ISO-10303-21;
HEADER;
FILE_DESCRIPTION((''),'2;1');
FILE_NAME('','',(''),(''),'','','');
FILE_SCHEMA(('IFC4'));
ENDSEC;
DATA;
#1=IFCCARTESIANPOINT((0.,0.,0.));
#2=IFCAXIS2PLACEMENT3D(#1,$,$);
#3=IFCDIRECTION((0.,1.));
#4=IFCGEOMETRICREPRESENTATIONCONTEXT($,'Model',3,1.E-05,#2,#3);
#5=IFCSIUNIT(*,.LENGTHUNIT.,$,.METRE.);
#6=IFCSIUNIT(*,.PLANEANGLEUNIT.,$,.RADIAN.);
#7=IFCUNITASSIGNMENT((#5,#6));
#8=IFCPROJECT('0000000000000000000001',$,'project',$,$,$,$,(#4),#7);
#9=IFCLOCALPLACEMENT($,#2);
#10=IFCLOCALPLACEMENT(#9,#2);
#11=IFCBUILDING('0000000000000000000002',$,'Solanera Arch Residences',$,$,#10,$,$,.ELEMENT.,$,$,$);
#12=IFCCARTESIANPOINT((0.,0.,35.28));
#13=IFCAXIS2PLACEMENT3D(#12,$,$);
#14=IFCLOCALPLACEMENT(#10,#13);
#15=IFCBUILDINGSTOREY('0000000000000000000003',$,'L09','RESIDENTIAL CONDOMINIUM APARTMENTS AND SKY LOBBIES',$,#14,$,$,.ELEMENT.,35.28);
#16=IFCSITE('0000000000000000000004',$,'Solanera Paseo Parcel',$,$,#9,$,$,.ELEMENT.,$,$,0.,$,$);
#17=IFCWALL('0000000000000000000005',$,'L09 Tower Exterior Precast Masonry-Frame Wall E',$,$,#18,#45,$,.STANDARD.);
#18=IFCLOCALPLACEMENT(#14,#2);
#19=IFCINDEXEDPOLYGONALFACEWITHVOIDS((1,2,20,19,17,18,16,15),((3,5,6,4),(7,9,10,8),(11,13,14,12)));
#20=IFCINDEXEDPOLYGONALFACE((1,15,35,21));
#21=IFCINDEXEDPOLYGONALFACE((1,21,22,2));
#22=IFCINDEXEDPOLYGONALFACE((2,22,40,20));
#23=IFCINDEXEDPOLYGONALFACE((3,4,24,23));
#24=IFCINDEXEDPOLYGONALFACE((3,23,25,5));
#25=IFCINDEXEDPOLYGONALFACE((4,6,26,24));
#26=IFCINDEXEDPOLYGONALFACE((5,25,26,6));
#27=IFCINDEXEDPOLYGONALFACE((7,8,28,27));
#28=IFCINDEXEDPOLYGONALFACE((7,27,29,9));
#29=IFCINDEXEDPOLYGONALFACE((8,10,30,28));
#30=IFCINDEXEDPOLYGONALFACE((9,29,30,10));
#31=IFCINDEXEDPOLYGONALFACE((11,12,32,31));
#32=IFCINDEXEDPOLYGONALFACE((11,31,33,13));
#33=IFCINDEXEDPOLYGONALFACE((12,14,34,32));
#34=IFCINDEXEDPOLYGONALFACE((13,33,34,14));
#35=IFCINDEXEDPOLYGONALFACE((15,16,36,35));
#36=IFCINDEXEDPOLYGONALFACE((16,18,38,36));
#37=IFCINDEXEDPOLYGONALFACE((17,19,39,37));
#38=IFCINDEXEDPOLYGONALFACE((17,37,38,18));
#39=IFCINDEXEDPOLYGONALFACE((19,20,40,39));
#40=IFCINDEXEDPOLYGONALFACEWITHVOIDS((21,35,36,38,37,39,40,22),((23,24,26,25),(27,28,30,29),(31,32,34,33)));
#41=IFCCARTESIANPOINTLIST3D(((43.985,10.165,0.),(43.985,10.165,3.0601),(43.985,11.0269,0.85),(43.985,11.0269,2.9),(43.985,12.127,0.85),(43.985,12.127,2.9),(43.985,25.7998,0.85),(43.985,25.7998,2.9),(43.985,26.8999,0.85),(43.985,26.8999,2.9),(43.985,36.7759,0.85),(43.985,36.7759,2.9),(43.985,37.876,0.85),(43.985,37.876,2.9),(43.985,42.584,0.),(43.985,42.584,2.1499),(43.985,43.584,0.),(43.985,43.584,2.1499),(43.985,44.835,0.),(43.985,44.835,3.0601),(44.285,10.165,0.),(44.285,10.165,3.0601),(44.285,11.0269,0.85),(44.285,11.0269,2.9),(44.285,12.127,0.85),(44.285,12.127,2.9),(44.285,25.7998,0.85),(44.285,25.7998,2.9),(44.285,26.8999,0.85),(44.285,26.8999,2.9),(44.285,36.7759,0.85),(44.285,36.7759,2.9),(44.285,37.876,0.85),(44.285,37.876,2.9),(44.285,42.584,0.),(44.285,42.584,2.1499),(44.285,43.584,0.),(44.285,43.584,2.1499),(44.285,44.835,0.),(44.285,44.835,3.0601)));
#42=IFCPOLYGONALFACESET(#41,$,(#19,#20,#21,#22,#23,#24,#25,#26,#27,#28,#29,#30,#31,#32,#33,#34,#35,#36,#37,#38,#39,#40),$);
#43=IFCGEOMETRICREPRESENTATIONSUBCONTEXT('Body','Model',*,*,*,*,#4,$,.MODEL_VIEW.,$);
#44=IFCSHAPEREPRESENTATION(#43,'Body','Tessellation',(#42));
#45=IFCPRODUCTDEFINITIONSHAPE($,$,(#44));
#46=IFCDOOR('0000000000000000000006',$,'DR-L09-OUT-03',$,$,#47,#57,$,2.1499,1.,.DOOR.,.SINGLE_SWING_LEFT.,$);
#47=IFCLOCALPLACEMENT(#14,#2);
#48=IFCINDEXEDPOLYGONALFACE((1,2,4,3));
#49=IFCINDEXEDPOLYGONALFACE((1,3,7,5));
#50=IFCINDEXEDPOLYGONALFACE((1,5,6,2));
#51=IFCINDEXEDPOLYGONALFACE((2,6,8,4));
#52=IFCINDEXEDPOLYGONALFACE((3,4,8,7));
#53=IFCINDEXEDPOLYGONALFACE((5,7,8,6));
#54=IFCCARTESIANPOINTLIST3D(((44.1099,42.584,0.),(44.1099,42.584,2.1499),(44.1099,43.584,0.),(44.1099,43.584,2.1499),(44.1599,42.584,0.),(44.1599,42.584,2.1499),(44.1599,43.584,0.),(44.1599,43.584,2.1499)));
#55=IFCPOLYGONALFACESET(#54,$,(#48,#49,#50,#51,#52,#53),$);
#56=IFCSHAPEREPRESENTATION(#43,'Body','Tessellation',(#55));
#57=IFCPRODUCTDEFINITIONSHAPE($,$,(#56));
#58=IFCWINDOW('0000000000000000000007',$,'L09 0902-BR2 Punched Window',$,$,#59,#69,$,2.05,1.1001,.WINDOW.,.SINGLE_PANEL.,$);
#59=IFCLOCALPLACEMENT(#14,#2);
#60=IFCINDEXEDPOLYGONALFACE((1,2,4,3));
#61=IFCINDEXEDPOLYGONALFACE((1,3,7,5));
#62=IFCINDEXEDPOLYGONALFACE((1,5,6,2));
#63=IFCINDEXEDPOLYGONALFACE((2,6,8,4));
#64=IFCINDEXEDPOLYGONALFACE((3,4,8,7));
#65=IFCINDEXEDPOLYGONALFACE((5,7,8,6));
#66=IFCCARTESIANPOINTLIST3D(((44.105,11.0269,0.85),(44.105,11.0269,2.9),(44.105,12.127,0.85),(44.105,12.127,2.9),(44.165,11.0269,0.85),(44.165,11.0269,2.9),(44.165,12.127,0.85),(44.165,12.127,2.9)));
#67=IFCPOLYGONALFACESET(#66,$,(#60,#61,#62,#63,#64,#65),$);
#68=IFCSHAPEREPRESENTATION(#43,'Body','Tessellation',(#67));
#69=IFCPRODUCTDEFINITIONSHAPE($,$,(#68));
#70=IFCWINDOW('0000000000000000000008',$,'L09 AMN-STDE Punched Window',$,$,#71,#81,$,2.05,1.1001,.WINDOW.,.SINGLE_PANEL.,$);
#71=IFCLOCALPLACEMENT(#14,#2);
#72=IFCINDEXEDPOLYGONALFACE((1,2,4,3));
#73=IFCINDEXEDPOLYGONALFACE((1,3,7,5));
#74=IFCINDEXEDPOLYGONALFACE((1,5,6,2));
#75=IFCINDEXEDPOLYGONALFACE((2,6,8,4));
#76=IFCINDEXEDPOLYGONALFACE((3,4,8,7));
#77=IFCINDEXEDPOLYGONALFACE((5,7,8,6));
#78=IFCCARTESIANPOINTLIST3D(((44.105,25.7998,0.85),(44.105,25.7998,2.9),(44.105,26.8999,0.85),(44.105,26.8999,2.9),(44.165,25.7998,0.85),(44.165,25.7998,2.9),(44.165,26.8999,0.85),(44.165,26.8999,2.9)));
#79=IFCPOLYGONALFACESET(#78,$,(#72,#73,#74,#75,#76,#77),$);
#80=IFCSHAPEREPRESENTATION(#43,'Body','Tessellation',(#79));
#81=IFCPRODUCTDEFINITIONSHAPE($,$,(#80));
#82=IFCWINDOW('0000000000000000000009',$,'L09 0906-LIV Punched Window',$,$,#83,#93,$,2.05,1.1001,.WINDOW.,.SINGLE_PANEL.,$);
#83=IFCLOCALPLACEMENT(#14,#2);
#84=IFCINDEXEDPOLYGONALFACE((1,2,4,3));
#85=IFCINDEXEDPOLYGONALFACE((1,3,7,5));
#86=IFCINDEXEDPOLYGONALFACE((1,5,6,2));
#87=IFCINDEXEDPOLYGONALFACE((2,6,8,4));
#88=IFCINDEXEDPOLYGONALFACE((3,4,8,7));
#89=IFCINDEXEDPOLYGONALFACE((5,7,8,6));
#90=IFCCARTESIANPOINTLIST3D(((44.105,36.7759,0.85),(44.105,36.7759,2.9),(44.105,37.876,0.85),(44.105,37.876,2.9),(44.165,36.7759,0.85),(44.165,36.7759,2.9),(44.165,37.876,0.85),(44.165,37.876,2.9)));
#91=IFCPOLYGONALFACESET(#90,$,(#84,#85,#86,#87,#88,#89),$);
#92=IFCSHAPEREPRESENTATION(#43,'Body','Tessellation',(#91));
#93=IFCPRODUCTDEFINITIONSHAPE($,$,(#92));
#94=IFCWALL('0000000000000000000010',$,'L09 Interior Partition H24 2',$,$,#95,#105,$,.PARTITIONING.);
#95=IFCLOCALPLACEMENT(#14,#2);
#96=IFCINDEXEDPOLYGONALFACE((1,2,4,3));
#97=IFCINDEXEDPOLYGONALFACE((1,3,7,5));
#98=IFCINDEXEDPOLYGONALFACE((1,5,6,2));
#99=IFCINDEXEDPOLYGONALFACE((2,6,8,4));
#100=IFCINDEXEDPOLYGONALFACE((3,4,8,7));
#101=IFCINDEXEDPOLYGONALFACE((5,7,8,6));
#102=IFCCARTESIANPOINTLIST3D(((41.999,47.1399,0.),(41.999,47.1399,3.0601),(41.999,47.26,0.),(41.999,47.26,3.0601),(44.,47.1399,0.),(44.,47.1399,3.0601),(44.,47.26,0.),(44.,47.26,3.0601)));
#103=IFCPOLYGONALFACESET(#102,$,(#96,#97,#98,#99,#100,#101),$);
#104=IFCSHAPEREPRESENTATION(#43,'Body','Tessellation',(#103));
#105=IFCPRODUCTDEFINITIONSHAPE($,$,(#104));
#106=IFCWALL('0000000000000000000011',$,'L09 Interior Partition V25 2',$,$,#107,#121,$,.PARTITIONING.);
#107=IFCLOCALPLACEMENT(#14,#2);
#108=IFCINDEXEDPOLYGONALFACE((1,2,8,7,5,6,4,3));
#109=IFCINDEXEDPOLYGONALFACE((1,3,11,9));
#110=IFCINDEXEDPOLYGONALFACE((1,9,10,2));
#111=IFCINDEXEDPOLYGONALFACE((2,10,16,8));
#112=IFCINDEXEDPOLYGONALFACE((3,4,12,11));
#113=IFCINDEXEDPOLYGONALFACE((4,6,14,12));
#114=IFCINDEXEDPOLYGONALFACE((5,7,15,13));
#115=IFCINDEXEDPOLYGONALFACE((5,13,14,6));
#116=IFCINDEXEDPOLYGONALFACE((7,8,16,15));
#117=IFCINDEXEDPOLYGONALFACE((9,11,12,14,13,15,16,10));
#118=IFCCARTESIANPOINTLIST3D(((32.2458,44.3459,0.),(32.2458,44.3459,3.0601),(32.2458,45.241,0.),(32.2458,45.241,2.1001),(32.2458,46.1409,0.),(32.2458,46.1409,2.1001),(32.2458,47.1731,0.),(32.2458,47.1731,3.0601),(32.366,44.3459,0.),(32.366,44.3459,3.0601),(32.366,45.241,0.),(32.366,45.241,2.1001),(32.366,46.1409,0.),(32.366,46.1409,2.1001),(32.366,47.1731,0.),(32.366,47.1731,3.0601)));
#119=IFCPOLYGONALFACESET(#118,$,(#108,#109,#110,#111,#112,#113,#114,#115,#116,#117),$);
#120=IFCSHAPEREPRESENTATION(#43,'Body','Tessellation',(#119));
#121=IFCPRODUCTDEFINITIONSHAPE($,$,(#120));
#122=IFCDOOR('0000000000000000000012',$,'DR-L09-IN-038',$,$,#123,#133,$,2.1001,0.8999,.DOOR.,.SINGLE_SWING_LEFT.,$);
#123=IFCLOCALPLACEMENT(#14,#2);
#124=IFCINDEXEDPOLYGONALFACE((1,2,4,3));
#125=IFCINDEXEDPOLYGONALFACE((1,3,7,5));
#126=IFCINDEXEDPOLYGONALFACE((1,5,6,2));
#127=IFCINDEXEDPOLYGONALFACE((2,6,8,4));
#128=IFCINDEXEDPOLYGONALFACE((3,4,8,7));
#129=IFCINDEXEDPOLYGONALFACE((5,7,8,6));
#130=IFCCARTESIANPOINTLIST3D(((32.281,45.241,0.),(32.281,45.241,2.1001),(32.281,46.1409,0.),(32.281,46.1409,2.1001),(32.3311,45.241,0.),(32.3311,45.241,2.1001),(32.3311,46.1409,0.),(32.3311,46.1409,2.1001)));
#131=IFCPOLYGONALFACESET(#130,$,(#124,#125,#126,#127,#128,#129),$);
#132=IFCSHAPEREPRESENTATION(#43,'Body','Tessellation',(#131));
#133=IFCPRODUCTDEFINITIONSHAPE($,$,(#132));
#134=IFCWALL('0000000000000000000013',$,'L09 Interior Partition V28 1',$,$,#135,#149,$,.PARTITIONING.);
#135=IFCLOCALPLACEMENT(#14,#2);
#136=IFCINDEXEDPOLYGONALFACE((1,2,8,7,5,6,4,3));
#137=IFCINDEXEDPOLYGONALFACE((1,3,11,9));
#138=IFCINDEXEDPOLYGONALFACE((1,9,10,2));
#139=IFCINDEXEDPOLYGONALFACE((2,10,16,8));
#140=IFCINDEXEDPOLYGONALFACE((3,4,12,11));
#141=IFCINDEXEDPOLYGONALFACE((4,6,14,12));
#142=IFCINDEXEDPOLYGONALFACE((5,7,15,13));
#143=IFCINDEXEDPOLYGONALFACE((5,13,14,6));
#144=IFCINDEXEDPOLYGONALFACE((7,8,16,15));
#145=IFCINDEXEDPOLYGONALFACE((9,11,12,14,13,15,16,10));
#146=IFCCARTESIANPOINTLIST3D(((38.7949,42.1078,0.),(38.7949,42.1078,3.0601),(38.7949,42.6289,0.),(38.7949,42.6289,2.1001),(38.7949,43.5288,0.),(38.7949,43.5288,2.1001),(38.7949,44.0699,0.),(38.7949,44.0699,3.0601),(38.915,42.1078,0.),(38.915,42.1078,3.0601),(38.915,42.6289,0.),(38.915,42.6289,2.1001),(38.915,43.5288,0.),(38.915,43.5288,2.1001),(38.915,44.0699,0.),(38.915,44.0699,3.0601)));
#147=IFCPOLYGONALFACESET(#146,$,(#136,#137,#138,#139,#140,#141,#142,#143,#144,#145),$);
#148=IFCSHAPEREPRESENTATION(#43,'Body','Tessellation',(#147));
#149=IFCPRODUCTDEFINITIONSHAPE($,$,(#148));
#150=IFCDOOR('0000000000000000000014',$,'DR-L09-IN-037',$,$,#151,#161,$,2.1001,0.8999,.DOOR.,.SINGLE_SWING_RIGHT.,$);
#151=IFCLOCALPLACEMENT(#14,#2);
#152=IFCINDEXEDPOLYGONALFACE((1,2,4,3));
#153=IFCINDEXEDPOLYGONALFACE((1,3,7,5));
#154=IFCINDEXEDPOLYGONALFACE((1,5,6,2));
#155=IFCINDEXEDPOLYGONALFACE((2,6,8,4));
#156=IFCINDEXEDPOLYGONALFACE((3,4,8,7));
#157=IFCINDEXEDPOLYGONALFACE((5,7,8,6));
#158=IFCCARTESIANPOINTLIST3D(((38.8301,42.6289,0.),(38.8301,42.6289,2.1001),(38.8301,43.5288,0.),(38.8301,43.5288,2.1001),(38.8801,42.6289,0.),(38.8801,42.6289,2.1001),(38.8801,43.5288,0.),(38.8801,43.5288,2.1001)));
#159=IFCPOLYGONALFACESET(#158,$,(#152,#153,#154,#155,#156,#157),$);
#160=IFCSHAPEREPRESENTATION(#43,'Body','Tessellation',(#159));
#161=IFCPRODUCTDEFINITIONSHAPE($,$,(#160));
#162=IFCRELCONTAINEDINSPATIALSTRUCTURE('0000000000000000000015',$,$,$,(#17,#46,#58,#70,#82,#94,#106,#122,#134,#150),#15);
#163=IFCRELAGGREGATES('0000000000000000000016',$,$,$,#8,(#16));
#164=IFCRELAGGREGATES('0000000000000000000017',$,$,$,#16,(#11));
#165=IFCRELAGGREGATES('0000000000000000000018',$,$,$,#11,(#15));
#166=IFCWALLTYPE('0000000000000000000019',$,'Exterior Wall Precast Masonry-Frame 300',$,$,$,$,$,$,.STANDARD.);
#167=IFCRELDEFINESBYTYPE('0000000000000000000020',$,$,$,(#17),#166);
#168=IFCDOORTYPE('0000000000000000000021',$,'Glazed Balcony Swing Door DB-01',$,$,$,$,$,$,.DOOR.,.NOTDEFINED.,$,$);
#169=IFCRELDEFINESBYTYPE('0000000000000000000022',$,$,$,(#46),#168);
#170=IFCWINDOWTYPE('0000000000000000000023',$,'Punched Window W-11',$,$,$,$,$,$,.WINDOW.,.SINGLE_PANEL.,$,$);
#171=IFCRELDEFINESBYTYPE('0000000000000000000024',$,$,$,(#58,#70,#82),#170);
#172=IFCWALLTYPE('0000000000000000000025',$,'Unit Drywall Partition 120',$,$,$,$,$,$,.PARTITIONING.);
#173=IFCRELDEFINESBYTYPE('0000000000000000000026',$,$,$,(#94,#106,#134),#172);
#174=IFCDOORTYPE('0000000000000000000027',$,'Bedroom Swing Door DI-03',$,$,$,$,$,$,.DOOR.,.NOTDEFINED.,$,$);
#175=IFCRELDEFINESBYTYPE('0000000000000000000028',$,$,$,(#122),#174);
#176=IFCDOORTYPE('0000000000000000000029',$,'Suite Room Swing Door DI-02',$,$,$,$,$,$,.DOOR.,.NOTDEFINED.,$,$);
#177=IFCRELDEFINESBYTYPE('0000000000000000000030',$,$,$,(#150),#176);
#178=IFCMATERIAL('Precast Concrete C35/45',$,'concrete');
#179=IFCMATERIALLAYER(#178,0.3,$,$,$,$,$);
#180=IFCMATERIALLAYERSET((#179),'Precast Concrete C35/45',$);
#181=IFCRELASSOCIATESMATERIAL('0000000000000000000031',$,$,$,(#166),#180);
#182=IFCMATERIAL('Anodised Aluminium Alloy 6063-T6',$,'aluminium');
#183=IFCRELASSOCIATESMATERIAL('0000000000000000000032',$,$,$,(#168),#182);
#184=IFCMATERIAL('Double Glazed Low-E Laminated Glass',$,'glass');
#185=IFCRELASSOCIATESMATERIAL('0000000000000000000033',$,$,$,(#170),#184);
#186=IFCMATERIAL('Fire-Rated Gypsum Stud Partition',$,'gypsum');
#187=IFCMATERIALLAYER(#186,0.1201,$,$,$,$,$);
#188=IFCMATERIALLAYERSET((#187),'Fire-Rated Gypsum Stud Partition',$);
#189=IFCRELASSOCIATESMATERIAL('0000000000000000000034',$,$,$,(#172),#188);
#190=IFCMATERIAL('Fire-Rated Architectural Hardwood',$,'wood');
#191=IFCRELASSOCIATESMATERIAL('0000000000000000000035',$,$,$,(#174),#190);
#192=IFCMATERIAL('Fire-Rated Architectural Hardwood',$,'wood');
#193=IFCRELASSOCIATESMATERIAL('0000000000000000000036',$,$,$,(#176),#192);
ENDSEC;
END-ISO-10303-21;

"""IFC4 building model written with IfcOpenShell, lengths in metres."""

from ifc_helpers import new_model, si_unit, direction, frame, frame_2d, origin, place, context, subcontext, project, spatial, rectangle, extrude, material, layer, layer_set, type_object, element, fill, save


model = new_model("IFC4")

# Units and contexts
model_context = context("Model", 3, precision=1e-05, world=origin(), true_north=direction((0.0, 1.0)))
body_context = subcontext(model_context, "Body", "Model", "MODEL_VIEW")
ifc_project = project(units=[si_unit("LENGTHUNIT", "METRE"), si_unit("PLANEANGLEUNIT", "RADIAN")], contexts=[model_context])

# Site, building, storey
site_placement = place(None, origin())
site = spatial("IfcSite", under=ifc_project, at=site_placement, Name="Solanera Paseo Parcel", CompositionType="ELEMENT", RefElevation=0.0)
building_placement = place(site_placement, origin())
building = spatial("IfcBuilding", under=site, at=building_placement, Name="Solanera Arch Residences", CompositionType="ELEMENT")
storey_placement = place(building_placement, frame((0.0, 0.0, 35.28)))
storey = spatial("IfcBuildingStorey", under=building, at=storey_placement, Name="L09", Description="RESIDENTIAL CONDOMINIUM APARTMENTS AND SKY LOBBIES", CompositionType="ELEMENT", Elevation=35.28)

# Shared definitions
ifc_material_1 = material(Name="Precast Concrete C35/45", Category="concrete")
ifc_layer_1 = layer(ifc_material_1, 0.3)
ifc_layer_set_1 = layer_set([ifc_layer_1], Name="Precast Concrete C35/45")
wall_type_1 = type_object("IfcWallType", Name="Exterior Wall Precast Masonry-Frame 300", PredefinedType="STANDARD", material=ifc_layer_set_1)

# Wall, openings, door, windows
wall_1_placement = place(storey_placement, frame((44.135, 44.835, 0.0), z_axis=(0.0, 0.0, 1.0), x_axis=(0.0, -1.0, 0.0)))
wall_1 = element("IfcWall", 1, at=wall_1_placement, inside=storey, type_object=wall_type_1, Name="L09 Tower Exterior Precast Masonry-Frame Wall E", PredefinedType="STANDARD", context=body_context, shape_type="SweptSolid", body=[
    extrude(rectangle(XDim=34.6699, YDim=0.3, at=frame_2d((17.335, 0.0))), origin(), (0.0, 0.0, 1.0), 3.0601),
])
opening_1_placement = place(wall_1_placement, frame((1.251, 0.0, 0.0)))
opening_1 = element("IfcOpeningElement", 2, at=opening_1_placement, cuts=wall_1, PredefinedType="OPENING", context=body_context, shape_type="SweptSolid", body=[
    extrude(rectangle(XDim=1.0, YDim=2.1499, at=frame_2d((0.5, 1.075))), frame((0.0, 0.1599, 0.0), z_axis=(0.0, -1.0, 0.0), x_axis=(1.0, 0.0, 0.0)), (0.0, 0.0, 1.0), 0.32),
])
opening_2_placement = place(wall_1_placement, frame((32.708, 0.0, 0.8501)))
opening_2 = element("IfcOpeningElement", 3, at=opening_2_placement, cuts=wall_1, PredefinedType="OPENING", context=body_context, shape_type="SweptSolid", body=[
    extrude(rectangle(XDim=1.1001, YDim=2.05, at=frame_2d((0.55, 1.0249))), frame((0.0, 0.1599, 0.0), z_axis=(0.0, -1.0, 0.0), x_axis=(1.0, 0.0, 0.0)), (0.0, 0.0, 1.0), 0.32),
])
opening_3_placement = place(wall_1_placement, frame((17.9351, 0.0, 0.8501)))
opening_3 = element("IfcOpeningElement", 4, at=opening_3_placement, cuts=wall_1, PredefinedType="OPENING", context=body_context, shape_type="SweptSolid", body=[
    extrude(rectangle(XDim=1.1001, YDim=2.05, at=frame_2d((0.55, 1.0249))), frame((0.0, 0.1599, 0.0), z_axis=(0.0, -1.0, 0.0), x_axis=(1.0, 0.0, 0.0)), (0.0, 0.0, 1.0), 0.32),
])
opening_4_placement = place(wall_1_placement, frame((6.959, 0.0, 0.8501)))
opening_4 = element("IfcOpeningElement", 5, at=opening_4_placement, cuts=wall_1, PredefinedType="OPENING", context=body_context, shape_type="SweptSolid", body=[
    extrude(rectangle(XDim=1.1001, YDim=2.05, at=frame_2d((0.55, 1.0249))), frame((0.0, 0.1599, 0.0), z_axis=(0.0, -1.0, 0.0), x_axis=(1.0, 0.0, 0.0)), (0.0, 0.0, 1.0), 0.32),
])
ifc_material_2 = material(Name="Anodised Aluminium Alloy 6063-T6", Category="aluminium")
door_type_1 = type_object("IfcDoorType", Name="Glazed Balcony Swing Door DB-01", OperationType="NOTDEFINED", PredefinedType="DOOR", material=ifc_material_2)
door_1_placement = place(opening_1_placement, origin())
door_1 = element("IfcDoor", 6, at=door_1_placement, inside=storey, type_object=door_type_1, Name="DR-L09-OUT-03", OperationType="SINGLE_SWING_LEFT", OverallHeight=2.1499, OverallWidth=1.0, PredefinedType="DOOR", context=body_context, shape_type="SweptSolid", body=[
    extrude(rectangle(XDim=1.0, YDim=2.1499, at=frame_2d((0.5, 1.075))), frame((0.0, 0.0249, 0.0), z_axis=(0.0, -1.0, 0.0), x_axis=(1.0, 0.0, 0.0)), (0.0, 0.0, 1.0), 0.05),
])
fill(opening_1, door_1)
ifc_material_3 = material(Name="Double Glazed Low-E Laminated Glass", Category="glass")
window_type = type_object("IfcWindowType", Name="Punched Window W-11", PartitioningType="SINGLE_PANEL", PredefinedType="WINDOW", material=ifc_material_3)
window_1_placement = place(opening_2_placement, origin())
window_1 = element("IfcWindow", 7, at=window_1_placement, inside=storey, type_object=window_type, Name="L09 0902-BR2 Punched Window", OverallHeight=2.05, OverallWidth=1.1001, PartitioningType="SINGLE_PANEL", PredefinedType="WINDOW", context=body_context, shape_type="SweptSolid", body=[
    extrude(rectangle(XDim=1.1001, YDim=2.05, at=frame_2d((0.55, 1.0249))), frame((0.0, 0.03, 0.0), z_axis=(0.0, -1.0, 0.0), x_axis=(1.0, 0.0, 0.0)), (0.0, 0.0, 1.0), 0.0601),
])
fill(opening_2, window_1)
window_2_placement = place(opening_3_placement, origin())
window_2 = element("IfcWindow", 8, at=window_2_placement, inside=storey, type_object=window_type, Name="L09 AMN-STDE Punched Window", OverallHeight=2.05, OverallWidth=1.1001, PartitioningType="SINGLE_PANEL", PredefinedType="WINDOW", context=body_context, shape_type="SweptSolid", body=[
    extrude(rectangle(XDim=1.1001, YDim=2.05, at=frame_2d((0.55, 1.0249))), frame((0.0, 0.03, 0.0), z_axis=(0.0, -1.0, 0.0), x_axis=(1.0, 0.0, 0.0)), (0.0, 0.0, 1.0), 0.0601),
])
fill(opening_3, window_2)
window_3_placement = place(opening_4_placement, origin())
window_3 = element("IfcWindow", 9, at=window_3_placement, inside=storey, type_object=window_type, Name="L09 0906-LIV Punched Window", OverallHeight=2.05, OverallWidth=1.1001, PartitioningType="SINGLE_PANEL", PredefinedType="WINDOW", context=body_context, shape_type="SweptSolid", body=[
    extrude(rectangle(XDim=1.1001, YDim=2.05, at=frame_2d((0.55, 1.0249))), frame((0.0, 0.03, 0.0), z_axis=(0.0, -1.0, 0.0), x_axis=(1.0, 0.0, 0.0)), (0.0, 0.0, 1.0), 0.0601),
])
fill(opening_4, window_3)

# Wall
ifc_material_4 = material(Name="Fire-Rated Gypsum Stud Partition", Category="gypsum")
ifc_layer_2 = layer(ifc_material_4, 0.1201)
ifc_layer_set_2 = layer_set([ifc_layer_2], Name="Fire-Rated Gypsum Stud Partition")
wall_type_2 = type_object("IfcWallType", Name="Unit Drywall Partition 120", PredefinedType="PARTITIONING", material=ifc_layer_set_2)
wall_2_placement = place(storey_placement, frame((41.999, 47.2, 0.0), z_axis=(0.0, 0.0, 1.0), x_axis=(1.0, 0.0, 0.0)))
element("IfcWall", 10, at=wall_2_placement, inside=storey, type_object=wall_type_2, Name="L09 Interior Partition H24 2", PredefinedType="PARTITIONING", context=body_context, shape_type="SweptSolid", body=[
    extrude(rectangle(XDim=2.001, YDim=0.1201, at=frame_2d((1.0005, 0.0))), origin(), (0.0, 0.0, 1.0), 3.0601),
])

# Walls, openings, doors
wall_3_placement = place(storey_placement, frame((32.3059, 44.3459, 0.0), z_axis=(0.0, 0.0, 1.0), x_axis=(0.0, 1.0, 0.0)))
wall_3 = element("IfcWall", 11, at=wall_3_placement, inside=storey, type_object=wall_type_2, Name="L09 Interior Partition V25 2", PredefinedType="PARTITIONING", context=body_context, shape_type="SweptSolid", body=[
    extrude(rectangle(XDim=2.8271, YDim=0.1201, at=frame_2d((1.4136, 0.0))), origin(), (0.0, 0.0, 1.0), 3.0601),
])
opening_5_placement = place(wall_3_placement, frame((0.895, 0.0, 0.0)))
opening_5 = element("IfcOpeningElement", 12, at=opening_5_placement, cuts=wall_3, PredefinedType="OPENING", context=body_context, shape_type="SweptSolid", body=[
    extrude(rectangle(XDim=0.8999, YDim=2.1001, at=frame_2d((0.45, 1.05))), frame((0.0, 0.0701, 0.0), z_axis=(0.0, -1.0, 0.0), x_axis=(1.0, 0.0, 0.0)), (0.0, 0.0, 1.0), 0.1401),
])
ifc_material_5 = material(Name="Fire-Rated Architectural Hardwood", Category="wood")
door_type_2 = type_object("IfcDoorType", Name="Bedroom Swing Door DI-03", OperationType="NOTDEFINED", PredefinedType="DOOR", material=ifc_material_5)
door_2_placement = place(opening_5_placement, origin())
door_2 = element("IfcDoor", 13, at=door_2_placement, inside=storey, type_object=door_type_2, Name="DR-L09-IN-038", OperationType="SINGLE_SWING_LEFT", OverallHeight=2.1001, OverallWidth=0.8999, PredefinedType="DOOR", context=body_context, shape_type="SweptSolid", body=[
    extrude(rectangle(XDim=0.8999, YDim=2.1001, at=frame_2d((0.45, 1.05))), frame((0.0, 0.0249, 0.0), z_axis=(0.0, -1.0, 0.0), x_axis=(1.0, 0.0, 0.0)), (0.0, 0.0, 1.0), 0.05),
])
fill(opening_5, door_2)
wall_4_placement = place(storey_placement, frame((38.855, 42.1079, 0.0), z_axis=(0.0, 0.0, 1.0), x_axis=(0.0, 1.0, 0.0)))
wall_4 = element("IfcWall", 14, at=wall_4_placement, inside=storey, type_object=wall_type_2, Name="L09 Interior Partition V28 1", PredefinedType="PARTITIONING", context=body_context, shape_type="SweptSolid", body=[
    extrude(rectangle(XDim=1.9622, YDim=0.1201, at=frame_2d((0.981, 0.0))), origin(), (0.0, 0.0, 1.0), 3.0601),
])
opening_6_placement = place(wall_4_placement, frame((0.521, 0.0, 0.0)))
opening_6 = element("IfcOpeningElement", 15, at=opening_6_placement, cuts=wall_4, PredefinedType="OPENING", context=body_context, shape_type="SweptSolid", body=[
    extrude(rectangle(XDim=0.8999, YDim=2.1001, at=frame_2d((0.45, 1.05))), frame((0.0, 0.0701, 0.0), z_axis=(0.0, -1.0, 0.0), x_axis=(1.0, 0.0, 0.0)), (0.0, 0.0, 1.0), 0.1401),
])
ifc_material_6 = material(Name="Fire-Rated Architectural Hardwood", Category="wood")
door_type_3 = type_object("IfcDoorType", Name="Suite Room Swing Door DI-02", OperationType="NOTDEFINED", PredefinedType="DOOR", material=ifc_material_6)
door_3_placement = place(opening_6_placement, origin())
door_3 = element("IfcDoor", 16, at=door_3_placement, inside=storey, type_object=door_type_3, Name="DR-L09-IN-037", OperationType="SINGLE_SWING_RIGHT", OverallHeight=2.1001, OverallWidth=0.8999, PredefinedType="DOOR", context=body_context, shape_type="SweptSolid", body=[
    extrude(rectangle(XDim=0.8999, YDim=2.1001, at=frame_2d((0.45, 1.05))), frame((0.0, 0.0249, 0.0), z_axis=(0.0, -1.0, 0.0), x_axis=(1.0, 0.0, 0.0)), (0.0, 0.0, 1.0), 0.05),
])
fill(opening_6, door_3)

save(model, "model.ifc")
